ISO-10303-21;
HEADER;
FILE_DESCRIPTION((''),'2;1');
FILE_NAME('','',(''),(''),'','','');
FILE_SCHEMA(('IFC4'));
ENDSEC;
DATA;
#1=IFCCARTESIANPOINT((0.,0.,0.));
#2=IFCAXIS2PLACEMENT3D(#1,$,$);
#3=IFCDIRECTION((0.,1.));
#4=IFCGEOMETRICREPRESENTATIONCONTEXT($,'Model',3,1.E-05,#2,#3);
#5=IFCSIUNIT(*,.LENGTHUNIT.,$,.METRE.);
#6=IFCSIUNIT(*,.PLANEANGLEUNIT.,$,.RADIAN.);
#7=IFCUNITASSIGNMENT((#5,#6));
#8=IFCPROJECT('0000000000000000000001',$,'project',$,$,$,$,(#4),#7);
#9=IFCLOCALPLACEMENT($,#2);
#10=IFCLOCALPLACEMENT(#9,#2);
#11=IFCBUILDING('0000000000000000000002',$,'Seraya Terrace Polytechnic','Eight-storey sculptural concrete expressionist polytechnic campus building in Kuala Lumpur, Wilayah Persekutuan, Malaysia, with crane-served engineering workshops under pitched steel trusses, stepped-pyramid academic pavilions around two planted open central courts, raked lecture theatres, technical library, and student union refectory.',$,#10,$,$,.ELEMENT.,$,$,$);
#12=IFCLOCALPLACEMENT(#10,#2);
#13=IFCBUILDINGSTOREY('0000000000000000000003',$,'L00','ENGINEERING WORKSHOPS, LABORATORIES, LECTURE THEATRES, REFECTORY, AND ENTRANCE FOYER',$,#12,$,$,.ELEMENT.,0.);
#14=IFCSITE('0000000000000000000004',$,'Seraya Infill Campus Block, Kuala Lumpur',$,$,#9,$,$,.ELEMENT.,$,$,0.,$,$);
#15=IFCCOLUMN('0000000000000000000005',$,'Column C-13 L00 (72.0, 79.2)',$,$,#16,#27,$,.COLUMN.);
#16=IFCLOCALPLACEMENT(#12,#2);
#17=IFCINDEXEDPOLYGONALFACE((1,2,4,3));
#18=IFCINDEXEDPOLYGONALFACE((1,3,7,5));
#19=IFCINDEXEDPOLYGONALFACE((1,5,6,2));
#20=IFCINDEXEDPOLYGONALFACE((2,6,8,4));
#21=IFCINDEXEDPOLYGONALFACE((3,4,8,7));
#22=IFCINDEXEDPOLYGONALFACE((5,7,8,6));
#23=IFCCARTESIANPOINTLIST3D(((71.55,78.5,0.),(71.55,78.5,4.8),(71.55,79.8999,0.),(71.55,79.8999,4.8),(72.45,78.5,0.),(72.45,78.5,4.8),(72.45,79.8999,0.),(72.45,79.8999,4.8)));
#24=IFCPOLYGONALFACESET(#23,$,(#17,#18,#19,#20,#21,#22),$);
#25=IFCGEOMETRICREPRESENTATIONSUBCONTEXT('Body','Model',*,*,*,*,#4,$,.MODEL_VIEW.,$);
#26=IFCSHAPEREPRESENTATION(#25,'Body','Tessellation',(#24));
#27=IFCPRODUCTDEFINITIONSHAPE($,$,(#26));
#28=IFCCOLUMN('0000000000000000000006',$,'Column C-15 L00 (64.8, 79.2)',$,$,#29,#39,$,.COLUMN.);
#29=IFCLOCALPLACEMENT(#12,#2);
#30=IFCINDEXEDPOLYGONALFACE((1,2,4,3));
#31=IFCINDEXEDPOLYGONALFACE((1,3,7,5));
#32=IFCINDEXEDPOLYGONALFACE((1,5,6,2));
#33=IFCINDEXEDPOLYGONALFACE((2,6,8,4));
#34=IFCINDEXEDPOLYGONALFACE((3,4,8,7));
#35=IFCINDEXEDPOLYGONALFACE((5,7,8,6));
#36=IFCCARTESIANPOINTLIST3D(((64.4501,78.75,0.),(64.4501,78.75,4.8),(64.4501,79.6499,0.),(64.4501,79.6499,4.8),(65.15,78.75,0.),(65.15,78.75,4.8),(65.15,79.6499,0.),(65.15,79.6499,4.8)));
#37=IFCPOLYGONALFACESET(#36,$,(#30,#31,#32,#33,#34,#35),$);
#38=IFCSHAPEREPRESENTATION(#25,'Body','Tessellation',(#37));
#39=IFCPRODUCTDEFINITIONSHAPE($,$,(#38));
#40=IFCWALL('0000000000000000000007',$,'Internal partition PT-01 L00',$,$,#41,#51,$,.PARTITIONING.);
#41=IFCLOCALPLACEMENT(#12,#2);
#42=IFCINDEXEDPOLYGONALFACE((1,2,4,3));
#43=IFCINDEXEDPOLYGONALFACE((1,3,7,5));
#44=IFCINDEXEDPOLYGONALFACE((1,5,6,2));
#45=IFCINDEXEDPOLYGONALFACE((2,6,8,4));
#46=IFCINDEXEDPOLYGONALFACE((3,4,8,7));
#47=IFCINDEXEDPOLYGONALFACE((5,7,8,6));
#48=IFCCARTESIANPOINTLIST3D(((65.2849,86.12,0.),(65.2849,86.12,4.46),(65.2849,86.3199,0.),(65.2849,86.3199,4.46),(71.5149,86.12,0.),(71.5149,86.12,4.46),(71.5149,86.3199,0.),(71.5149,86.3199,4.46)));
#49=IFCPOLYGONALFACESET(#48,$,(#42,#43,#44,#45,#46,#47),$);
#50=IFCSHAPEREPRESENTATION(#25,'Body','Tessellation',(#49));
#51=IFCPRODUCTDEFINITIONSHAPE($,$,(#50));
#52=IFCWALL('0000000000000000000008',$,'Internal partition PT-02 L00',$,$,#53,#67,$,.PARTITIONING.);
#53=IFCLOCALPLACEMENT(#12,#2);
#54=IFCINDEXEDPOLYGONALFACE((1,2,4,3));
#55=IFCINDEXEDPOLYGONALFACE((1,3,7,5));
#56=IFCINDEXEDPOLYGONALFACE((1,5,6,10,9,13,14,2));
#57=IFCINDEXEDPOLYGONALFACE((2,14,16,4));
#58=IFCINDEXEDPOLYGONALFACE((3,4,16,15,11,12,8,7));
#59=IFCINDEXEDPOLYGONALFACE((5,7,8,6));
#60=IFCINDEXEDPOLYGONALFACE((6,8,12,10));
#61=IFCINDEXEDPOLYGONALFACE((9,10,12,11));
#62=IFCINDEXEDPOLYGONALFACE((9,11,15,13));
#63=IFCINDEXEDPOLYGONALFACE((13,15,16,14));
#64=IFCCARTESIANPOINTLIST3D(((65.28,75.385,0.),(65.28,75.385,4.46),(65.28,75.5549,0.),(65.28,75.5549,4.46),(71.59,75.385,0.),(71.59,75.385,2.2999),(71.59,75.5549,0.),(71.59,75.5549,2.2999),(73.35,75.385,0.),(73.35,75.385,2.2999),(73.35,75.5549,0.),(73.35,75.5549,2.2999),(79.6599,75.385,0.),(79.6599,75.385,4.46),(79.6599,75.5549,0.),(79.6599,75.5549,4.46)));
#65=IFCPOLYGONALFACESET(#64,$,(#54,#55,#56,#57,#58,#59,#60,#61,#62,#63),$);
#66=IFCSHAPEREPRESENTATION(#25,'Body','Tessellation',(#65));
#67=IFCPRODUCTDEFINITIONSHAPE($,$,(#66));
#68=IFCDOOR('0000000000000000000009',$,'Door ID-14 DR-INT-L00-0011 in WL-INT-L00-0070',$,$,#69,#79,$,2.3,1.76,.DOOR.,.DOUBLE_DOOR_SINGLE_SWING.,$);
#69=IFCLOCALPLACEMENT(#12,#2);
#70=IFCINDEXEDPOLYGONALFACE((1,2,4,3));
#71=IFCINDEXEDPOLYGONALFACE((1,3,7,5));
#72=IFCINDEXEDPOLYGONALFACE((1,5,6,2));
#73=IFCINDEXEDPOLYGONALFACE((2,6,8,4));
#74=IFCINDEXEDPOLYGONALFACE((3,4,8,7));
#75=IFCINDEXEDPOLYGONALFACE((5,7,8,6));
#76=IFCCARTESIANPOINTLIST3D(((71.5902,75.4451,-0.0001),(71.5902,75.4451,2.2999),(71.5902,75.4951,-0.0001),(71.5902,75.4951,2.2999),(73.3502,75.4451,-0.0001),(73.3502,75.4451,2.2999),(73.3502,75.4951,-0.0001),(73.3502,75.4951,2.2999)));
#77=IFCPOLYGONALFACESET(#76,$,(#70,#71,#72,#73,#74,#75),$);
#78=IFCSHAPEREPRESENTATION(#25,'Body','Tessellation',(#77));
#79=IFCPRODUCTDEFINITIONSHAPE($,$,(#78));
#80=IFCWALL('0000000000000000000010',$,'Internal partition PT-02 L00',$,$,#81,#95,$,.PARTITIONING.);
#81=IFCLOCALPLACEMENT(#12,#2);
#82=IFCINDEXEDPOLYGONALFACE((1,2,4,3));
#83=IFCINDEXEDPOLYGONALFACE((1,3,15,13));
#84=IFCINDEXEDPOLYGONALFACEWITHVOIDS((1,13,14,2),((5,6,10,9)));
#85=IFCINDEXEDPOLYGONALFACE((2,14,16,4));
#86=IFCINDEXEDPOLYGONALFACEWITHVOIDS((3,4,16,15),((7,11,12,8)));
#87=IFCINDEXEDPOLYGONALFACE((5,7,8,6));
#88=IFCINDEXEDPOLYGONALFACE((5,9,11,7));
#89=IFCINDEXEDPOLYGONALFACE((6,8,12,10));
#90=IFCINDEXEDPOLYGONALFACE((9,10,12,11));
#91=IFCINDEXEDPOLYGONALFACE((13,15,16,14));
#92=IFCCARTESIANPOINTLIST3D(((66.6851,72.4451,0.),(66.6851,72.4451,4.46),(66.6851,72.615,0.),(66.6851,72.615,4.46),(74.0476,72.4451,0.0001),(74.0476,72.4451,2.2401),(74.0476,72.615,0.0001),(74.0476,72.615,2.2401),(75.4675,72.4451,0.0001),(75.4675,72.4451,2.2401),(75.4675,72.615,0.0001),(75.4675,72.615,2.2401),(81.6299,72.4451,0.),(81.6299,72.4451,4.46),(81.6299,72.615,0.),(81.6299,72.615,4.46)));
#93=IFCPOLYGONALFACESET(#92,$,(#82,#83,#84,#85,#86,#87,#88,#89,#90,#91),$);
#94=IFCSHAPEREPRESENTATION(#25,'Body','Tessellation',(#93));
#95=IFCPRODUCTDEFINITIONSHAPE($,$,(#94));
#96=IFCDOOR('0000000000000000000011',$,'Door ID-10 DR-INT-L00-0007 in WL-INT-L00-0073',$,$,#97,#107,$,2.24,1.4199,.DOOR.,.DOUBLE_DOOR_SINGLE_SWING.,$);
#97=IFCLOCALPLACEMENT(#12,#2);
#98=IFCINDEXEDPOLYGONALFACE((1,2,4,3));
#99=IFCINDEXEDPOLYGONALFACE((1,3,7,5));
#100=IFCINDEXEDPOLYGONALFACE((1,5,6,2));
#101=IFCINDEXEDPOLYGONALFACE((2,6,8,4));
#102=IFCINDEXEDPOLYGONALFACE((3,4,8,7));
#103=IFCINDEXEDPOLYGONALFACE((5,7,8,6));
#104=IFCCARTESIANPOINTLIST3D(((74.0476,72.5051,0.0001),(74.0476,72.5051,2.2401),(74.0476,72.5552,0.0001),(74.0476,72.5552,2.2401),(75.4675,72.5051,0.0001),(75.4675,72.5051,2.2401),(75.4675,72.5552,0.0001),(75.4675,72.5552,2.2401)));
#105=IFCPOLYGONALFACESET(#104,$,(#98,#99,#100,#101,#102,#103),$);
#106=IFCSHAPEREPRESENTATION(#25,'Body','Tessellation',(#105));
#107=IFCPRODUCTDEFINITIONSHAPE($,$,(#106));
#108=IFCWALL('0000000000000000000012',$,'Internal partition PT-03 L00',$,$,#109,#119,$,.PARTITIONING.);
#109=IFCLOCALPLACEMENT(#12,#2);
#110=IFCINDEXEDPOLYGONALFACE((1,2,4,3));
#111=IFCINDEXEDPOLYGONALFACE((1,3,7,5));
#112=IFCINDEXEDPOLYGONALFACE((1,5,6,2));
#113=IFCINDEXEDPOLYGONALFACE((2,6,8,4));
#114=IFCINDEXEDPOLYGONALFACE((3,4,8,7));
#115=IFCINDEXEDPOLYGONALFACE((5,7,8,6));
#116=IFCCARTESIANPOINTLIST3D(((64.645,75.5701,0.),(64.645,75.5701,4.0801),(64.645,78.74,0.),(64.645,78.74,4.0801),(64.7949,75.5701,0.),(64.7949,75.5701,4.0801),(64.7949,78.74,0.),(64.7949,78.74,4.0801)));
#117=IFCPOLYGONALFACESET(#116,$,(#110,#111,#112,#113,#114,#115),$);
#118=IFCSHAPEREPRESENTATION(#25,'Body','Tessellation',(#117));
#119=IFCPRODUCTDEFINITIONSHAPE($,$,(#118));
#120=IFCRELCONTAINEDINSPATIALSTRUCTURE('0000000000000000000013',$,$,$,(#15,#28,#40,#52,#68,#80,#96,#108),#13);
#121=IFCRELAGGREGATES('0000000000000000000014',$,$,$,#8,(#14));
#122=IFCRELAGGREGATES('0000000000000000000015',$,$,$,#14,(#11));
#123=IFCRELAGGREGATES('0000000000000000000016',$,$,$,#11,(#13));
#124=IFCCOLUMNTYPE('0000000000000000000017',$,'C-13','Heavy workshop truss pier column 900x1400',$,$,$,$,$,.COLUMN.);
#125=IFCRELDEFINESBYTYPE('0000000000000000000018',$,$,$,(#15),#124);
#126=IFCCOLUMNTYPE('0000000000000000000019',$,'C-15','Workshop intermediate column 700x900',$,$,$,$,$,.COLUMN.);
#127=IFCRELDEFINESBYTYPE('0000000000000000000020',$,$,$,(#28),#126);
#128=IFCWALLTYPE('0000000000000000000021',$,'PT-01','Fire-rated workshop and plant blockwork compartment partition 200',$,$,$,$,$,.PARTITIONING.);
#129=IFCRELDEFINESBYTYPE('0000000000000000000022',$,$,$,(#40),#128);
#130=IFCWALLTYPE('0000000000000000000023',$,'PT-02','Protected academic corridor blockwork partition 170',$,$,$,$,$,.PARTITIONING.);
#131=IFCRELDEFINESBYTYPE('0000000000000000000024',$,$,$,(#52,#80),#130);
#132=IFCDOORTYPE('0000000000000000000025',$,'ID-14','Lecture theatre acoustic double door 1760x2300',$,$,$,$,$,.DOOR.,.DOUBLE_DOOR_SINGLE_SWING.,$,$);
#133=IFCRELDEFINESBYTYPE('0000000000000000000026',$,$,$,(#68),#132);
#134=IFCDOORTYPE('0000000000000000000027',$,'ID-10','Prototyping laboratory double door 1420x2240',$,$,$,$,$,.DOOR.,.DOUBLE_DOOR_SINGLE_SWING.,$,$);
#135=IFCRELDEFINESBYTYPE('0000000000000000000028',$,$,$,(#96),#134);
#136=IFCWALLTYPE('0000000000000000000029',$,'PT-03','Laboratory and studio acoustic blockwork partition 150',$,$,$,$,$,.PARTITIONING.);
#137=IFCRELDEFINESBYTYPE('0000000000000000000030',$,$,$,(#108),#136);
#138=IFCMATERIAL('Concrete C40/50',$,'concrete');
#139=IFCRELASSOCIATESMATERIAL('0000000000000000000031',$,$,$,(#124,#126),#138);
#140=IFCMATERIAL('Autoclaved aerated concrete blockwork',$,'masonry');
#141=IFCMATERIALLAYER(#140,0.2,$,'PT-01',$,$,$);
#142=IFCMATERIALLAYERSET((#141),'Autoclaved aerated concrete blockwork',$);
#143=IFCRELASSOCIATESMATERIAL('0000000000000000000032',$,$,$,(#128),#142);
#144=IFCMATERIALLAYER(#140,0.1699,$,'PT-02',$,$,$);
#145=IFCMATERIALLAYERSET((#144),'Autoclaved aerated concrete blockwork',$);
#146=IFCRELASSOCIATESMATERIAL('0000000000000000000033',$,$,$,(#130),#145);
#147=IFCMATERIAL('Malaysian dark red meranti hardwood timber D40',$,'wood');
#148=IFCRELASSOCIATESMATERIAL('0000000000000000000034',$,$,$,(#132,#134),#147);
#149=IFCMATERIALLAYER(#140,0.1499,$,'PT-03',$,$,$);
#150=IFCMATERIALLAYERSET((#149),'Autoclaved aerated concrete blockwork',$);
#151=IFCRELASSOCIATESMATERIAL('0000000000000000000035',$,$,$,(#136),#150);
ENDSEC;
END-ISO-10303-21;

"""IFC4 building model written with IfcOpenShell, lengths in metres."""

from ifc_helpers import new_model, si_unit, direction, frame, frame_2d, origin, origin_2d, place, context, subcontext, project, spatial, rectangle, extrude, material, layer, layer_set, material_profile, profile_set, type_object, element, fill, save


model = new_model("IFC4")

# Units and contexts
model_context = context("Model", 3, precision=1e-05, world=origin(), true_north=direction((0.0, 1.0)))
body_context = subcontext(model_context, "Body", "Model", "MODEL_VIEW")
ifc_project = project(units=[si_unit("LENGTHUNIT", "METRE"), si_unit("PLANEANGLEUNIT", "RADIAN")], contexts=[model_context])

# Site, building, storey
site_placement = place(None, origin())
site = spatial("IfcSite", under=ifc_project, at=site_placement, Name="Seraya Infill Campus Block, Kuala Lumpur", CompositionType="ELEMENT", RefElevation=0.0)
building_placement = place(site_placement, origin())
building = spatial("IfcBuilding", under=site, at=building_placement, Name="Seraya Terrace Polytechnic", Description="Eight-storey sculptural concrete expressionist polytechnic campus building in Kuala Lumpur, Wilayah Persekutuan, Malaysia, with crane-served engineering workshops under pitched steel trusses, stepped-pyramid academic pavilions around two planted open central courts, raked lecture theatres, technical library, and student union refectory.", CompositionType="ELEMENT")
storey_placement = place(building_placement, origin())
storey = spatial("IfcBuildingStorey", under=building, at=storey_placement, Name="L00", Description="ENGINEERING WORKSHOPS, LABORATORIES, LECTURE THEATRES, REFECTORY, AND ENTRANCE FOYER", CompositionType="ELEMENT", Elevation=0.0)

# Shared definitions
ifc_material_1 = material(Name="Concrete C40/50", Category="concrete")

# Columns
ifc_material_profile_1 = material_profile(ifc_material_1, rectangle(XDim=0.8999, YDim=1.3999, at=origin_2d()), Name="RC 900x1400")
ifc_profile_set_1 = profile_set([ifc_material_profile_1], Name="Concrete C40/50")
column_type_1 = type_object("IfcColumnType", Name="C-13", Description="Heavy workshop truss pier column 900x1400", PredefinedType="COLUMN", material=ifc_profile_set_1)
column_1_placement = place(storey_placement, frame((72.0, 79.2, 0.0), z_axis=(0.0, 0.0, 1.0), x_axis=(1.0, 0.0, 0.0)))
element("IfcColumn", 1, at=column_1_placement, inside=storey, type_object=column_type_1, Name="Column C-13 L00 (72.0, 79.2)", PredefinedType="COLUMN", context=body_context, shape_type="SweptSolid", body=[
    extrude(rectangle(XDim=0.8999, YDim=1.3999, at=origin_2d()), origin(), (0.0, 0.0, 1.0), 4.8),
])
ifc_material_profile_2 = material_profile(ifc_material_1, rectangle(XDim=0.7, YDim=0.8999, at=origin_2d()), Name="RC 700x900")
ifc_profile_set_2 = profile_set([ifc_material_profile_2], Name="Concrete C40/50")
column_type_2 = type_object("IfcColumnType", Name="C-15", Description="Workshop intermediate column 700x900", PredefinedType="COLUMN", material=ifc_profile_set_2)
column_2_placement = place(storey_placement, frame((64.8, 79.2, 0.0), z_axis=(0.0, 0.0, 1.0), x_axis=(1.0, 0.0, 0.0)))
element("IfcColumn", 2, at=column_2_placement, inside=storey, type_object=column_type_2, Name="Column C-15 L00 (64.8, 79.2)", PredefinedType="COLUMN", context=body_context, shape_type="SweptSolid", body=[
    extrude(rectangle(XDim=0.7, YDim=0.8999, at=origin_2d()), origin(), (0.0, 0.0, 1.0), 4.8),
])

# Wall
ifc_material_2 = material(Name="Autoclaved aerated concrete blockwork", Category="masonry")
ifc_layer_1 = layer(ifc_material_2, 0.2, Name="PT-01")
ifc_layer_set_1 = layer_set([ifc_layer_1], Name="Autoclaved aerated concrete blockwork")
wall_type_1 = type_object("IfcWallType", Name="PT-01", Description="Fire-rated workshop and plant blockwork compartment partition 200", PredefinedType="PARTITIONING", material=ifc_layer_set_1)
wall_1_placement = place(storey_placement, frame((65.2849, 86.22, 0.0), z_axis=(0.0, 0.0, 1.0), x_axis=(1.0, 0.0, 0.0)))
element("IfcWall", 3, at=wall_1_placement, inside=storey, type_object=wall_type_1, Name="Internal partition PT-01 L00", PredefinedType="PARTITIONING", context=body_context, shape_type="SweptSolid", body=[
    extrude(rectangle(XDim=6.23, YDim=0.2, at=frame_2d((3.115, 0.0))), origin(), (0.0, 0.0, 1.0), 4.46),
])

# Walls, openings, doors
ifc_layer_2 = layer(ifc_material_2, 0.1699, Name="PT-02")
ifc_layer_set_2 = layer_set([ifc_layer_2], Name="Autoclaved aerated concrete blockwork")
wall_type_2 = type_object("IfcWallType", Name="PT-02", Description="Protected academic corridor blockwork partition 170", PredefinedType="PARTITIONING", material=ifc_layer_set_2)
wall_2_placement = place(storey_placement, frame((65.28, 75.47, 0.0), z_axis=(0.0, 0.0, 1.0), x_axis=(1.0, 0.0, 0.0)))
wall_2 = element("IfcWall", 4, at=wall_2_placement, inside=storey, type_object=wall_type_2, Name="Internal partition PT-02 L00", PredefinedType="PARTITIONING", context=body_context, shape_type="SweptSolid", body=[
    extrude(rectangle(XDim=14.3799, YDim=0.1699, at=frame_2d((7.1899, 0.0))), origin(), (0.0, 0.0, 1.0), 4.46),
])
opening_1_placement = place(wall_2_placement, frame((6.3101, 0.0, 0.0)))
opening_1 = element("IfcOpeningElement", 5, at=opening_1_placement, cuts=wall_2, PredefinedType="OPENING", context=body_context, shape_type="SweptSolid", body=[
    extrude(rectangle(XDim=1.76, YDim=2.3, at=frame_2d((0.8799, 1.1499))), frame((0.0, 0.0969, 0.0), z_axis=(0.0, -1.0, 0.0), x_axis=(1.0, 0.0, 0.0)), (0.0, 0.0, 1.0), 0.1938),
])
ifc_material_3 = material(Name="Malaysian dark red meranti hardwood timber D40", Category="wood")
door_type_1 = type_object("IfcDoorType", Name="ID-14", Description="Lecture theatre acoustic double door 1760x2300", OperationType="DOUBLE_DOOR_SINGLE_SWING", PredefinedType="DOOR", material=ifc_material_3)
door_1_placement = place(opening_1_placement, frame((1.76, 0.0, 0.0), z_axis=(0.0, 0.0, 1.0), x_axis=(-1.0, 0.0, 0.0)))
door_1 = element("IfcDoor", 6, at=door_1_placement, inside=storey, type_object=door_type_1, Name="Door ID-14 DR-INT-L00-0011 in WL-INT-L00-0070", OperationType="DOUBLE_DOOR_SINGLE_SWING", OverallHeight=2.3, OverallWidth=1.76, PredefinedType="DOOR", context=body_context, shape_type="SweptSolid", body=[
    extrude(rectangle(XDim=1.76, YDim=2.3, at=frame_2d((0.8799, 1.1499))), frame((0.0, 0.0249, 0.0), z_axis=(0.0, -1.0, 0.0), x_axis=(1.0, 0.0, 0.0)), (0.0, 0.0, 1.0), 0.05),
])
fill(opening_1, door_1)
wall_3_placement = place(storey_placement, frame((66.6851, 72.53, 0.0), z_axis=(0.0, 0.0, 1.0), x_axis=(1.0, 0.0, 0.0)))
wall_3 = element("IfcWall", 7, at=wall_3_placement, inside=storey, type_object=wall_type_2, Name="Internal partition PT-02 L00", PredefinedType="PARTITIONING", context=body_context, shape_type="SweptSolid", body=[
    extrude(rectangle(XDim=14.9448, YDim=0.1699, at=frame_2d((7.4724, 0.0))), origin(), (0.0, 0.0, 1.0), 4.46),
])
opening_2_placement = place(wall_3_placement, frame((7.3625, 0.0, 0.0)))
opening_2 = element("IfcOpeningElement", 8, at=opening_2_placement, cuts=wall_3, PredefinedType="OPENING", context=body_context, shape_type="SweptSolid", body=[
    extrude(rectangle(XDim=1.4199, YDim=2.24, at=frame_2d((0.71, 1.1201))), frame((0.0, 0.0969, 0.0), z_axis=(0.0, -1.0, 0.0), x_axis=(1.0, 0.0, 0.0)), (0.0, 0.0, 1.0), 0.1938),
])
door_type_2 = type_object("IfcDoorType", Name="ID-10", Description="Prototyping laboratory double door 1420x2240", OperationType="DOUBLE_DOOR_SINGLE_SWING", PredefinedType="DOOR", material=ifc_material_3)
door_2_placement = place(opening_2_placement, frame((1.4199, 0.0, 0.0), z_axis=(0.0, 0.0, 1.0), x_axis=(-1.0, 0.0, 0.0)))
door_2 = element("IfcDoor", 9, at=door_2_placement, inside=storey, type_object=door_type_2, Name="Door ID-10 DR-INT-L00-0007 in WL-INT-L00-0073", OperationType="DOUBLE_DOOR_SINGLE_SWING", OverallHeight=2.24, OverallWidth=1.4199, PredefinedType="DOOR", context=body_context, shape_type="SweptSolid", body=[
    extrude(rectangle(XDim=1.4199, YDim=2.24, at=frame_2d((0.71, 1.1201))), frame((0.0, 0.0249, 0.0), z_axis=(0.0, -1.0, 0.0), x_axis=(1.0, 0.0, 0.0)), (0.0, 0.0, 1.0), 0.05),
])
fill(opening_2, door_2)

# Wall
ifc_layer_3 = layer(ifc_material_2, 0.1499, Name="PT-03")
ifc_layer_set_3 = layer_set([ifc_layer_3], Name="Autoclaved aerated concrete blockwork")
wall_type_3 = type_object("IfcWallType", Name="PT-03", Description="Laboratory and studio acoustic blockwork partition 150", PredefinedType="PARTITIONING", material=ifc_layer_set_3)
wall_4_placement = place(storey_placement, frame((64.72, 75.5701, 0.0), z_axis=(0.0, 0.0, 1.0), x_axis=(0.0, 1.0, 0.0)))
element("IfcWall", 10, at=wall_4_placement, inside=storey, type_object=wall_type_3, Name="Internal partition PT-03 L00", PredefinedType="PARTITIONING", context=body_context, shape_type="SweptSolid", body=[
    extrude(rectangle(XDim=3.1699, YDim=0.1499, at=frame_2d((1.585, 0.0))), origin(), (0.0, 0.0, 1.0), 4.0801),
])

save(model, "model.ifc")
